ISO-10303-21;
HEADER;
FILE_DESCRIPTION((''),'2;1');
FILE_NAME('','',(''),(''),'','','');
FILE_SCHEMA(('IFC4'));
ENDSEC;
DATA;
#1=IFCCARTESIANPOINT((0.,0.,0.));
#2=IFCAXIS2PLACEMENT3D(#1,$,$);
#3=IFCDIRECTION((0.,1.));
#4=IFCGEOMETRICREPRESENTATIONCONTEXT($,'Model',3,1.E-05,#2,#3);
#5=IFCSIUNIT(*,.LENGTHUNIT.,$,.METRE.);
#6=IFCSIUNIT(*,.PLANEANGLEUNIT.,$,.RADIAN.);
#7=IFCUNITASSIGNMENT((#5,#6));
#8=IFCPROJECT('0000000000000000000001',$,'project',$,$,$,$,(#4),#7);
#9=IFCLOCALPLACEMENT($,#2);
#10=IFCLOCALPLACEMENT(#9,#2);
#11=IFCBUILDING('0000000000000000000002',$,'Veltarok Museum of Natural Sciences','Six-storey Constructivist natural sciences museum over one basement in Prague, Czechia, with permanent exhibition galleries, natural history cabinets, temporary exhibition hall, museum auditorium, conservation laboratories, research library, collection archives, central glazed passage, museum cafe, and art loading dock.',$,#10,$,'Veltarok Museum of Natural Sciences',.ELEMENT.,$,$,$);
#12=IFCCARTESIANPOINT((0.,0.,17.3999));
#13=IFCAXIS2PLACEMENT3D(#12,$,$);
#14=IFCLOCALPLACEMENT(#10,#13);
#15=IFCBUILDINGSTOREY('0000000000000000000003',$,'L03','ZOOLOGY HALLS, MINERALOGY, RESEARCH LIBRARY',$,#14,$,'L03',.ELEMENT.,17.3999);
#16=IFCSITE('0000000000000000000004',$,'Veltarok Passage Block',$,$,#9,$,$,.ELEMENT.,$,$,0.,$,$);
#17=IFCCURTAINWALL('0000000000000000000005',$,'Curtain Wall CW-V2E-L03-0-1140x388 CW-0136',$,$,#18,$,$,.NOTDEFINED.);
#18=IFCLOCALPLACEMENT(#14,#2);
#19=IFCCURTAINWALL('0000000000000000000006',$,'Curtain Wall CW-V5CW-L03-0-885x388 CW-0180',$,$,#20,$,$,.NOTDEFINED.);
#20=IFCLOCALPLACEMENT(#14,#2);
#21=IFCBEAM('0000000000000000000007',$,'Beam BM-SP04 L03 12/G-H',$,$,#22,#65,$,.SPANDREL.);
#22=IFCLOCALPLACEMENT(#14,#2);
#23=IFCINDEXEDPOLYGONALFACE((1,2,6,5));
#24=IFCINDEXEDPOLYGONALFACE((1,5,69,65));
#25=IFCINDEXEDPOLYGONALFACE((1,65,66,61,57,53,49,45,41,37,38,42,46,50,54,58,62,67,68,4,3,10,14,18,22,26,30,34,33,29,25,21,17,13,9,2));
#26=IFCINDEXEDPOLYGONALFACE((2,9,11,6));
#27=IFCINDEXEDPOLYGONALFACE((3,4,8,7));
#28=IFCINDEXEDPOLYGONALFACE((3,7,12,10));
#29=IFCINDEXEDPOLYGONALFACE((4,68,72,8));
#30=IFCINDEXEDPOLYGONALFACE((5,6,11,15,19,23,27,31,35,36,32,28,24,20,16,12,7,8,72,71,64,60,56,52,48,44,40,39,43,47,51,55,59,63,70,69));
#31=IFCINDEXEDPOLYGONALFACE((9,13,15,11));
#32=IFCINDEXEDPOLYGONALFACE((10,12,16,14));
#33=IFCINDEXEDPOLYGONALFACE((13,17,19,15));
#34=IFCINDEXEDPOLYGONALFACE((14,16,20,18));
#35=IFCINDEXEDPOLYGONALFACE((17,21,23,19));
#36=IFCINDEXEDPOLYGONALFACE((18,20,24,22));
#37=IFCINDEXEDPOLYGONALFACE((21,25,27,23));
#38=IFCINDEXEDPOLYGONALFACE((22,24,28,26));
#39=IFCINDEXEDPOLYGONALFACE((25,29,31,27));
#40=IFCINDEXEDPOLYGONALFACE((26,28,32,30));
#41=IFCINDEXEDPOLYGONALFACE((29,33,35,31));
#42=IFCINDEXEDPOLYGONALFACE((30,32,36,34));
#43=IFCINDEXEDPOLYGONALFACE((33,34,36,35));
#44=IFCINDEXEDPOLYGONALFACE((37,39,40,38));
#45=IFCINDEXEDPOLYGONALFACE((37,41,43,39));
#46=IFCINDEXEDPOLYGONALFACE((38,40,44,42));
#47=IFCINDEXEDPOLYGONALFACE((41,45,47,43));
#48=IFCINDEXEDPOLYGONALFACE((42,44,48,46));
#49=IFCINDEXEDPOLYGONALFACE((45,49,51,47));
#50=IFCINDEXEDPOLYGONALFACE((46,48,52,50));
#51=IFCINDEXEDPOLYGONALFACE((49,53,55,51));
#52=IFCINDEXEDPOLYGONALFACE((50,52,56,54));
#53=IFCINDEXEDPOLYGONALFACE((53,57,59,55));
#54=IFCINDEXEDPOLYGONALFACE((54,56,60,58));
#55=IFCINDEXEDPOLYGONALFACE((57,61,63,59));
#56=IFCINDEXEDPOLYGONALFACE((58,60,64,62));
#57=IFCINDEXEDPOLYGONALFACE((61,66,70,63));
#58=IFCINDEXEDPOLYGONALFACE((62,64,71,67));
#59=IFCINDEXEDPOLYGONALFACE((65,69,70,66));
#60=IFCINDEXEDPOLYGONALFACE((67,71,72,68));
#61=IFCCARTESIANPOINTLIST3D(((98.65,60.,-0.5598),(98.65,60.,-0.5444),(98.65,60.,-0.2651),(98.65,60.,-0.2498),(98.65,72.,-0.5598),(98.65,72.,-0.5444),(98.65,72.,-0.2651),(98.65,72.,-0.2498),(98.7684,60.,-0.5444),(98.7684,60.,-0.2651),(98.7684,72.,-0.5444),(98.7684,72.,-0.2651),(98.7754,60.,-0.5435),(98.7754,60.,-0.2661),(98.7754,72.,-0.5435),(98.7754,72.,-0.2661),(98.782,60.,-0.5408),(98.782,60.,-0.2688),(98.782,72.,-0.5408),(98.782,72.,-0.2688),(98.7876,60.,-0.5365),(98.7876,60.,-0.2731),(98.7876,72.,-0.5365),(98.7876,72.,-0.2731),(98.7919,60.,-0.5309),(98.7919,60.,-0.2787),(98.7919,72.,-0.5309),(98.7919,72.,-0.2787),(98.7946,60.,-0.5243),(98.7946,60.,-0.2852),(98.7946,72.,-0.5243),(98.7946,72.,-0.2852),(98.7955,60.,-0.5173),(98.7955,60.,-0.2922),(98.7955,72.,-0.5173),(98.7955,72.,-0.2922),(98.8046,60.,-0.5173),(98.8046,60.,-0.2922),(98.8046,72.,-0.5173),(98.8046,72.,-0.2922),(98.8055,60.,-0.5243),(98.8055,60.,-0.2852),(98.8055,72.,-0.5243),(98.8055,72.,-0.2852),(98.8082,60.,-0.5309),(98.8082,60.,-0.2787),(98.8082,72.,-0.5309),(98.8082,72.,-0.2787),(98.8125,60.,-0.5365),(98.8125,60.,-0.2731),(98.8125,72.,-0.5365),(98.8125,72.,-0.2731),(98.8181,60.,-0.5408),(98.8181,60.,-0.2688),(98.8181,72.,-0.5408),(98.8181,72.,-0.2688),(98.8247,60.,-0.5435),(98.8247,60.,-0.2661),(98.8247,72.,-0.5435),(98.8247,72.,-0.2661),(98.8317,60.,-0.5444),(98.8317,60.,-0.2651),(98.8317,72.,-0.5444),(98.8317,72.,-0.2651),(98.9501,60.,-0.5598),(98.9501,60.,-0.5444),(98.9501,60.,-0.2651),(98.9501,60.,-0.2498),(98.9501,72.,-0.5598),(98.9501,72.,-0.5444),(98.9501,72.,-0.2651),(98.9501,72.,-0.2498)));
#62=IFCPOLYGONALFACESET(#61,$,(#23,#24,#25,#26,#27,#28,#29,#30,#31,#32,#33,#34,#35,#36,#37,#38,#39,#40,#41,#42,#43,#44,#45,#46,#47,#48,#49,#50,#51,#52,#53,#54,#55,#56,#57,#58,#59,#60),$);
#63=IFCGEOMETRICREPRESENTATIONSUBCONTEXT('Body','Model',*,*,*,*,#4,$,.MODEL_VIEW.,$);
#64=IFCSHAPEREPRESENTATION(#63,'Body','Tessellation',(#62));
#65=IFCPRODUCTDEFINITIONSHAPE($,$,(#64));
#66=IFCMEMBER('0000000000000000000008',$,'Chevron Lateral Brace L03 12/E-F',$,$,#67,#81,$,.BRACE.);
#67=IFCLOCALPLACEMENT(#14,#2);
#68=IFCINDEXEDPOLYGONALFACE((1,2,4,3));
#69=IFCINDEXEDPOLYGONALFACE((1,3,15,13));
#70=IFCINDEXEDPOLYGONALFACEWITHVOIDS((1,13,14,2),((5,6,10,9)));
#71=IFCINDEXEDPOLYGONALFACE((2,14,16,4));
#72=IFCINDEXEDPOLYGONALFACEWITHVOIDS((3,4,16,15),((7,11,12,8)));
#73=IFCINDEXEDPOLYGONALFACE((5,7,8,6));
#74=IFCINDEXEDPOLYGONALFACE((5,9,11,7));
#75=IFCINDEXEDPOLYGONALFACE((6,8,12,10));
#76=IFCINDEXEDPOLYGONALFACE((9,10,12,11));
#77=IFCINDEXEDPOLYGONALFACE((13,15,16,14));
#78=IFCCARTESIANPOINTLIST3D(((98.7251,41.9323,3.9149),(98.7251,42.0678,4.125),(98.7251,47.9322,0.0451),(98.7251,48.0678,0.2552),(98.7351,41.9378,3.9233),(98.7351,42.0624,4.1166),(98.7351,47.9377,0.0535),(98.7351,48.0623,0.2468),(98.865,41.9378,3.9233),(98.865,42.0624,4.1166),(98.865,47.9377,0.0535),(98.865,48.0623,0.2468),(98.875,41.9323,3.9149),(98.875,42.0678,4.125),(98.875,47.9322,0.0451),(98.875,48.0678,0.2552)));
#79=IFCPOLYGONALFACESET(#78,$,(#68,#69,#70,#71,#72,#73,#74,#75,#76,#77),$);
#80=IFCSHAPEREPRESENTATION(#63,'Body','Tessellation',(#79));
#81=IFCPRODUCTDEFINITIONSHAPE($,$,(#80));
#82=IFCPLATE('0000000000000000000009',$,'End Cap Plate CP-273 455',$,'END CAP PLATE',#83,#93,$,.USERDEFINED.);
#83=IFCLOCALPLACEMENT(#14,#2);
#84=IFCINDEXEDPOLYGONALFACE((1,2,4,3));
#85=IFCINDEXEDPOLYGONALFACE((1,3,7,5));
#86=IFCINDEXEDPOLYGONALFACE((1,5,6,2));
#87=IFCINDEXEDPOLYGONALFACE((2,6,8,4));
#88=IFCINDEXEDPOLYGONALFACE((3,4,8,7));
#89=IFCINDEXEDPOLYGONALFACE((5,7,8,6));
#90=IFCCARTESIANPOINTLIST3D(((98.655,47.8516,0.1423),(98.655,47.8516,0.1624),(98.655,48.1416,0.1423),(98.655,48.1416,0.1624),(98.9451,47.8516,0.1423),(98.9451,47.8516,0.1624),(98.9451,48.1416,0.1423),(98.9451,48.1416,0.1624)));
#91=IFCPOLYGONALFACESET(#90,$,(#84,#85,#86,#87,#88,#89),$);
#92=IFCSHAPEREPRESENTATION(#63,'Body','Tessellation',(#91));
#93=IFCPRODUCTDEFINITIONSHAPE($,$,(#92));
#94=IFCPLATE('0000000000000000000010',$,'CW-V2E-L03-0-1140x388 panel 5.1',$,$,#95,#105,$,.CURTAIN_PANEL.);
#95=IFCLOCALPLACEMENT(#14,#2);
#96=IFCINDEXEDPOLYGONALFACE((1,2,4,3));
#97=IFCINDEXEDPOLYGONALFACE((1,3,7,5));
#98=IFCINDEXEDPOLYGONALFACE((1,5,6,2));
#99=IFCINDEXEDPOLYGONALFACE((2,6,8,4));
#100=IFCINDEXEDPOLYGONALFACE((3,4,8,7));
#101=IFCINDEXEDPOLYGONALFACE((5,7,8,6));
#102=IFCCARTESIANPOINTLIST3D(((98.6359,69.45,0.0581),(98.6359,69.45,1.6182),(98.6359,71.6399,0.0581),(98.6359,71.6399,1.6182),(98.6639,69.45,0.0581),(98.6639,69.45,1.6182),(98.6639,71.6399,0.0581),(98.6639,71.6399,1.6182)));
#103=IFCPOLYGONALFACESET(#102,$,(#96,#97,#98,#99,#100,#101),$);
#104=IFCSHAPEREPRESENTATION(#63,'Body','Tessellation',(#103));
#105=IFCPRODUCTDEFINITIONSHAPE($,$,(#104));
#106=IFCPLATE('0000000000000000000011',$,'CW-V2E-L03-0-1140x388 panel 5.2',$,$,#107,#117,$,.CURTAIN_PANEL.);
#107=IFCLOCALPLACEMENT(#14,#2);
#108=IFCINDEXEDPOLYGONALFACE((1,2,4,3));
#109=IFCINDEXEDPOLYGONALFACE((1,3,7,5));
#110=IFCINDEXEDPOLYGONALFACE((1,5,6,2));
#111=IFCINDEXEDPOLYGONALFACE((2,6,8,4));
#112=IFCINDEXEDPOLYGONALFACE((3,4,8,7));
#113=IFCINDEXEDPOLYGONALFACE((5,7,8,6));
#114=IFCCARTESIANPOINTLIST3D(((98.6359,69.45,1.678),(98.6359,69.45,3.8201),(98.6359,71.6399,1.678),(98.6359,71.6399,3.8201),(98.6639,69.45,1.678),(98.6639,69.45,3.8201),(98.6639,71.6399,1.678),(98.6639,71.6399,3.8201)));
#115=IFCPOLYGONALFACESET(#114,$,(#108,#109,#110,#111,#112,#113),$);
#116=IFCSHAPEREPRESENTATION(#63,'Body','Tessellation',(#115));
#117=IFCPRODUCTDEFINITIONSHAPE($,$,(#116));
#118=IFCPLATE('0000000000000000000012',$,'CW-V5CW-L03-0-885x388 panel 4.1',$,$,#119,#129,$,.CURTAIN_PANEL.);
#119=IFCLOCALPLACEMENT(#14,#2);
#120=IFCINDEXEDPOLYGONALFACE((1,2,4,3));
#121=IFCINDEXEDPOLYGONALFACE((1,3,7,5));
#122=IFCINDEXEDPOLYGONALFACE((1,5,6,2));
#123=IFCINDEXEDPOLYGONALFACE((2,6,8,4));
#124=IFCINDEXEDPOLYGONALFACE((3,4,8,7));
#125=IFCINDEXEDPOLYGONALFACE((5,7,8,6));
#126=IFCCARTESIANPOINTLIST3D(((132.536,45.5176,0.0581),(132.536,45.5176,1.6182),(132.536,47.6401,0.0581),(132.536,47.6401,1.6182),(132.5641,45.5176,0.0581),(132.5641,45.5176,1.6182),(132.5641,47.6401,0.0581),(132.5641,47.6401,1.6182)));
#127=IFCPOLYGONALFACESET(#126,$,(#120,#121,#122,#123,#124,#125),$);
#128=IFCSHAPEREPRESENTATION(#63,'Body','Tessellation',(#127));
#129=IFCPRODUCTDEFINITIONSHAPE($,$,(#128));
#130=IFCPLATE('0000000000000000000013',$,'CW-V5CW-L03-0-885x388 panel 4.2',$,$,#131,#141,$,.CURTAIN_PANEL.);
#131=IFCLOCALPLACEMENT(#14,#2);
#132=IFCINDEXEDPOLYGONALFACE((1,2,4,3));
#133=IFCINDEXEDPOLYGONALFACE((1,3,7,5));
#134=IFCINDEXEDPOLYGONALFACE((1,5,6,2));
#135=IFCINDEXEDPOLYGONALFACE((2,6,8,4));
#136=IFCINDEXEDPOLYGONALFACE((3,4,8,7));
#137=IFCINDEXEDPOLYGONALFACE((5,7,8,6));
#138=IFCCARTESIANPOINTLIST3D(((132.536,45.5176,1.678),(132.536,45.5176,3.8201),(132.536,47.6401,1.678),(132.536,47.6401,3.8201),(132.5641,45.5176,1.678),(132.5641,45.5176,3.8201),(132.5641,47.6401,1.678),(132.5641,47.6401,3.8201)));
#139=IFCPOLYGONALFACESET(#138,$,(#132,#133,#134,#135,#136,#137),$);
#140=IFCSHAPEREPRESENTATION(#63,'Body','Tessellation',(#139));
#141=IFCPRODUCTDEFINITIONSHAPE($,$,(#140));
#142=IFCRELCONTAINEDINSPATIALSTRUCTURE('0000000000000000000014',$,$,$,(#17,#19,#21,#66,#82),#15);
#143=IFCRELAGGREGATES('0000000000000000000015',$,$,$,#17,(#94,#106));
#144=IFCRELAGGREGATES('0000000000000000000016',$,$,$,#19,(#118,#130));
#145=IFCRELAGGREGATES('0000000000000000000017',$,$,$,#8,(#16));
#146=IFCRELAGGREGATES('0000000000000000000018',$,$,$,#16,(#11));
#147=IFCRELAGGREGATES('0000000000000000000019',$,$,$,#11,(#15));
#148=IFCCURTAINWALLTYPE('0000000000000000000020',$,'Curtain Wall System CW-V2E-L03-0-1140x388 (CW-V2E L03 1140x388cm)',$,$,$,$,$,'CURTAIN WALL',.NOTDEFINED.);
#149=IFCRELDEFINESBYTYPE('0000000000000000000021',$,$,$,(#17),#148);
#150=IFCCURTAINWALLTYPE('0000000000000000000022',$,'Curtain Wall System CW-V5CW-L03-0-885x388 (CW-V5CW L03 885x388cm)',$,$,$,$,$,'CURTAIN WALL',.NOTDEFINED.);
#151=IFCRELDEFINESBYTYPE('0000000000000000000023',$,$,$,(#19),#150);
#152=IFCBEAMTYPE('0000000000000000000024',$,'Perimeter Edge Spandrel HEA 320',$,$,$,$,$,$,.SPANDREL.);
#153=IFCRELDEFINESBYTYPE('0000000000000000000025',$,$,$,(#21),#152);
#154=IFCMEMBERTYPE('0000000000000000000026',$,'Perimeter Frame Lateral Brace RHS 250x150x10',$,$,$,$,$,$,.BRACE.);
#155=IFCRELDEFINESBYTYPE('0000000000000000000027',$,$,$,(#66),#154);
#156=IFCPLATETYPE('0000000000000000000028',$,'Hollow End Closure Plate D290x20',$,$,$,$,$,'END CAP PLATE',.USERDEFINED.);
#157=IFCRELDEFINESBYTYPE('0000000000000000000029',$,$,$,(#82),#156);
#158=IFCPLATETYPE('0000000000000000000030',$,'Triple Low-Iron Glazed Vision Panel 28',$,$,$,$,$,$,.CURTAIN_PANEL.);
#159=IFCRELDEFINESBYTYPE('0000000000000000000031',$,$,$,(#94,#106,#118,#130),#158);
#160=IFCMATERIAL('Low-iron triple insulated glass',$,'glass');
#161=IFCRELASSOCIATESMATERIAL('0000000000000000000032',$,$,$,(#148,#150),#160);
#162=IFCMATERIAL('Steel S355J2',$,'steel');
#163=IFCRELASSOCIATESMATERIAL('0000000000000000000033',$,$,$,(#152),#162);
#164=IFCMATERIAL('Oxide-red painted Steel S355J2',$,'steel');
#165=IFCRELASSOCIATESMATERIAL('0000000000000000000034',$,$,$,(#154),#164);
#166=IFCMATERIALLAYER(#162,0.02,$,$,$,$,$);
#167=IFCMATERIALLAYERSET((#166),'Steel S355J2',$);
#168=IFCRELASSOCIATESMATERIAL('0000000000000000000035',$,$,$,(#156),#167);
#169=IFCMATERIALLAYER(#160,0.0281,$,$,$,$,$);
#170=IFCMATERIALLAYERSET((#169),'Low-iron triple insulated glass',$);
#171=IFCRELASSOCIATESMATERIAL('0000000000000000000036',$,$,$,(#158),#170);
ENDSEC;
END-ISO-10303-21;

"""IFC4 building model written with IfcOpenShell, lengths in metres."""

from ifc_helpers import new_model, si_unit, direction, frame, origin, origin_2d, place, context, subcontext, project, spatial, rectangle, hollow_rectangle, i_section, extrude, material, layer, layer_set, material_profile, profile_set, type_object, element, aggregate, save


model = new_model("IFC4")

# Units and contexts
model_context = context("Model", 3, precision=1e-05, world=origin(), true_north=direction((0.0, 1.0)))
body_context = subcontext(model_context, "Body", "Model", "MODEL_VIEW")
ifc_project = project(units=[si_unit("LENGTHUNIT", "METRE"), si_unit("PLANEANGLEUNIT", "RADIAN")], contexts=[model_context])

# Site, building, storey
site_placement = place(None, origin())
site = spatial("IfcSite", under=ifc_project, at=site_placement, Name="Veltarok Passage Block", CompositionType="ELEMENT", RefElevation=0.0)
building_placement = place(site_placement, origin())
building = spatial("IfcBuilding", under=site, at=building_placement, Name="Veltarok Museum of Natural Sciences", Description="Six-storey Constructivist natural sciences museum over one basement in Prague, Czechia, with permanent exhibition galleries, natural history cabinets, temporary exhibition hall, museum auditorium, conservation laboratories, research library, collection archives, central glazed passage, museum cafe, and art loading dock.", LongName="Veltarok Museum of Natural Sciences", CompositionType="ELEMENT")
storey_placement = place(building_placement, frame((0.0, 0.0, 17.3999)))
storey = spatial("IfcBuildingStorey", under=building, at=storey_placement, Name="L03", Description="ZOOLOGY HALLS, MINERALOGY, RESEARCH LIBRARY", LongName="L03", CompositionType="ELEMENT", Elevation=17.3999)

# Shared definitions
ifc_material_1 = material(Name="Steel S355J2", Category="steel")

# Curtain wall
ifc_material_2 = material(Name="Low-iron triple insulated glass", Category="glass")
curtain_wall_type_1 = type_object("IfcCurtainWallType", Name="Curtain Wall System CW-V2E-L03-0-1140x388 (CW-V2E L03 1140x388cm)", ElementType="CURTAIN WALL", PredefinedType="NOTDEFINED", material=ifc_material_2)
curtain_wall_1_placement = place(storey_placement, origin())
curtain_wall_1 = element("IfcCurtainWall", 1, at=curtain_wall_1_placement, inside=storey, type_object=curtain_wall_type_1, Name="Curtain Wall CW-V2E-L03-0-1140x388 CW-0136", PredefinedType="NOTDEFINED")

# Curtain wall
curtain_wall_type_2 = type_object("IfcCurtainWallType", Name="Curtain Wall System CW-V5CW-L03-0-885x388 (CW-V5CW L03 885x388cm)", ElementType="CURTAIN WALL", PredefinedType="NOTDEFINED", material=ifc_material_2)
curtain_wall_2_placement = place(storey_placement, origin())
curtain_wall_2 = element("IfcCurtainWall", 2, at=curtain_wall_2_placement, inside=storey, type_object=curtain_wall_type_2, Name="Curtain Wall CW-V5CW-L03-0-885x388 CW-0180", PredefinedType="NOTDEFINED")

# Beam
ifc_material_profile_1 = material_profile(ifc_material_1, i_section(OverallWidth=0.3, OverallDepth=0.3101, WebThickness=0.009, FlangeThickness=0.0154, FilletRadius=0.0271, at=origin_2d()), Name="HEA 320")
ifc_profile_set_1 = profile_set([ifc_material_profile_1], Name="Steel S355J2")
beam_type_1 = type_object("IfcBeamType", Name="Perimeter Edge Spandrel HEA 320", PredefinedType="SPANDREL", material=ifc_profile_set_1)
for number, where, z_axis, x_axis, name in (
    (3, (98.8, 60.0, -0.4048), (0.0, 1.0, 0.0), (-1.0, 0.0, 0.0), "Beam BM-SP04 L03 12/G-H"),
):
    element("IfcBeam", number, at=place(storey_placement, frame(where, z_axis=z_axis, x_axis=x_axis)), inside=storey, type_object=beam_type_1, Name=name, PredefinedType="SPANDREL", context=body_context, shape_type="SweptSolid", body=[
        extrude(i_section(OverallWidth=0.3, OverallDepth=0.3101, WebThickness=0.009, FlangeThickness=0.0154, FilletRadius=0.0271, at=origin_2d()), origin(), (0.0, 0.0, 1.0), 12.0),
    ])

# Member
ifc_material_3 = material(Name="Oxide-red painted Steel S355J2", Category="steel")
ifc_material_profile_2 = material_profile(ifc_material_3, hollow_rectangle(XDim=0.1499, YDim=0.25, WallThickness=0.01, at=origin_2d()), Name="RHS 250x150x10")
ifc_profile_set_2 = profile_set([ifc_material_profile_2], Name="Oxide-red painted Steel S355J2")
member_type_1 = type_object("IfcMemberType", Name="Perimeter Frame Lateral Brace RHS 250x150x10", PredefinedType="BRACE", material=ifc_profile_set_2)
member_1_placement = place(storey_placement, frame((98.8, 48.0, 0.1501), z_axis=(0.0, -0.840366, 0.542019), x_axis=(1.0, 0.0, 0.0)))
element("IfcMember", 4, at=member_1_placement, inside=storey, type_object=member_type_1, Name="Chevron Lateral Brace L03 12/E-F", PredefinedType="BRACE", context=body_context, shape_type="SweptSolid", body=[
    extrude(hollow_rectangle(XDim=0.1499, YDim=0.25, WallThickness=0.01, at=origin_2d()), origin(), (0.0, 0.0, 1.0), 7.1396),
])

# Plates
ifc_layer_1 = layer(ifc_material_1, 0.02)
ifc_layer_set_1 = layer_set([ifc_layer_1], Name="Steel S355J2")
plate_type_1 = type_object("IfcPlateType", Name="Hollow End Closure Plate D290x20", ElementType="END CAP PLATE", PredefinedType="USERDEFINED", material=ifc_layer_set_1)
plate_1_placement = place(storey_placement, frame((98.8, 47.9966, 0.1423), z_axis=(0.0, 0.0, 1.0), x_axis=(0.0, 1.0, 0.0)))
element("IfcPlate", 5, at=plate_1_placement, inside=storey, type_object=plate_type_1, Name="End Cap Plate CP-273 455", ObjectType="END CAP PLATE", PredefinedType="USERDEFINED", context=body_context, shape_type="SweptSolid", body=[
    extrude(rectangle(XDim=0.29, YDim=0.29, at=origin_2d()), origin(), (0.0, 0.0, 1.0), 0.02),
])
ifc_layer_2 = layer(ifc_material_2, 0.0281)
ifc_layer_set_2 = layer_set([ifc_layer_2], Name="Low-iron triple insulated glass")
plate_type_2 = type_object("IfcPlateType", Name="Triple Low-Iron Glazed Vision Panel 28", PredefinedType="CURTAIN_PANEL", material=ifc_layer_set_2)
plate_2_placement = place(storey_placement, frame((98.6499, 70.5449, 0.0581), z_axis=(0.0, 0.0, 1.0), x_axis=(0.0, 1.0, 0.0)))
plate_2 = element("IfcPlate", 6, at=plate_2_placement, type_object=plate_type_2, Name="CW-V2E-L03-0-1140x388 panel 5.1", PredefinedType="CURTAIN_PANEL", context=body_context, shape_type="SweptSolid", body=[
    extrude(rectangle(XDim=2.1899, YDim=0.0281, at=origin_2d()), origin(), (0.0, 0.0, 1.0), 1.5601),
])
plate_3_placement = place(storey_placement, frame((98.6499, 70.5449, 1.678), z_axis=(0.0, 0.0, 1.0), x_axis=(0.0, 1.0, 0.0)))
plate_3 = element("IfcPlate", 7, at=plate_3_placement, type_object=plate_type_2, Name="CW-V2E-L03-0-1140x388 panel 5.2", PredefinedType="CURTAIN_PANEL", context=body_context, shape_type="SweptSolid", body=[
    extrude(rectangle(XDim=2.1899, YDim=0.0281, at=origin_2d()), origin(), (0.0, 0.0, 1.0), 2.1421),
])
aggregate(curtain_wall_1, [plate_2, plate_3])
plate_4_placement = place(storey_placement, frame((132.55, 46.5789, 0.0581), z_axis=(0.0, 0.0, 1.0), x_axis=(0.0, 1.0, 0.0)))
plate_4 = element("IfcPlate", 8, at=plate_4_placement, type_object=plate_type_2, Name="CW-V5CW-L03-0-885x388 panel 4.1", PredefinedType="CURTAIN_PANEL", context=body_context, shape_type="SweptSolid", body=[
    extrude(rectangle(XDim=2.1226, YDim=0.0281, at=origin_2d()), origin(), (0.0, 0.0, 1.0), 1.5601),
])
plate_5_placement = place(storey_placement, frame((132.55, 46.5789, 1.678), z_axis=(0.0, 0.0, 1.0), x_axis=(0.0, 1.0, 0.0)))
plate_5 = element("IfcPlate", 9, at=plate_5_placement, type_object=plate_type_2, Name="CW-V5CW-L03-0-885x388 panel 4.2", PredefinedType="CURTAIN_PANEL", context=body_context, shape_type="SweptSolid", body=[
    extrude(rectangle(XDim=2.1226, YDim=0.0281, at=origin_2d()), origin(), (0.0, 0.0, 1.0), 2.1421),
])
aggregate(curtain_wall_2, [plate_4, plate_5])

save(model, "model.ifc")
